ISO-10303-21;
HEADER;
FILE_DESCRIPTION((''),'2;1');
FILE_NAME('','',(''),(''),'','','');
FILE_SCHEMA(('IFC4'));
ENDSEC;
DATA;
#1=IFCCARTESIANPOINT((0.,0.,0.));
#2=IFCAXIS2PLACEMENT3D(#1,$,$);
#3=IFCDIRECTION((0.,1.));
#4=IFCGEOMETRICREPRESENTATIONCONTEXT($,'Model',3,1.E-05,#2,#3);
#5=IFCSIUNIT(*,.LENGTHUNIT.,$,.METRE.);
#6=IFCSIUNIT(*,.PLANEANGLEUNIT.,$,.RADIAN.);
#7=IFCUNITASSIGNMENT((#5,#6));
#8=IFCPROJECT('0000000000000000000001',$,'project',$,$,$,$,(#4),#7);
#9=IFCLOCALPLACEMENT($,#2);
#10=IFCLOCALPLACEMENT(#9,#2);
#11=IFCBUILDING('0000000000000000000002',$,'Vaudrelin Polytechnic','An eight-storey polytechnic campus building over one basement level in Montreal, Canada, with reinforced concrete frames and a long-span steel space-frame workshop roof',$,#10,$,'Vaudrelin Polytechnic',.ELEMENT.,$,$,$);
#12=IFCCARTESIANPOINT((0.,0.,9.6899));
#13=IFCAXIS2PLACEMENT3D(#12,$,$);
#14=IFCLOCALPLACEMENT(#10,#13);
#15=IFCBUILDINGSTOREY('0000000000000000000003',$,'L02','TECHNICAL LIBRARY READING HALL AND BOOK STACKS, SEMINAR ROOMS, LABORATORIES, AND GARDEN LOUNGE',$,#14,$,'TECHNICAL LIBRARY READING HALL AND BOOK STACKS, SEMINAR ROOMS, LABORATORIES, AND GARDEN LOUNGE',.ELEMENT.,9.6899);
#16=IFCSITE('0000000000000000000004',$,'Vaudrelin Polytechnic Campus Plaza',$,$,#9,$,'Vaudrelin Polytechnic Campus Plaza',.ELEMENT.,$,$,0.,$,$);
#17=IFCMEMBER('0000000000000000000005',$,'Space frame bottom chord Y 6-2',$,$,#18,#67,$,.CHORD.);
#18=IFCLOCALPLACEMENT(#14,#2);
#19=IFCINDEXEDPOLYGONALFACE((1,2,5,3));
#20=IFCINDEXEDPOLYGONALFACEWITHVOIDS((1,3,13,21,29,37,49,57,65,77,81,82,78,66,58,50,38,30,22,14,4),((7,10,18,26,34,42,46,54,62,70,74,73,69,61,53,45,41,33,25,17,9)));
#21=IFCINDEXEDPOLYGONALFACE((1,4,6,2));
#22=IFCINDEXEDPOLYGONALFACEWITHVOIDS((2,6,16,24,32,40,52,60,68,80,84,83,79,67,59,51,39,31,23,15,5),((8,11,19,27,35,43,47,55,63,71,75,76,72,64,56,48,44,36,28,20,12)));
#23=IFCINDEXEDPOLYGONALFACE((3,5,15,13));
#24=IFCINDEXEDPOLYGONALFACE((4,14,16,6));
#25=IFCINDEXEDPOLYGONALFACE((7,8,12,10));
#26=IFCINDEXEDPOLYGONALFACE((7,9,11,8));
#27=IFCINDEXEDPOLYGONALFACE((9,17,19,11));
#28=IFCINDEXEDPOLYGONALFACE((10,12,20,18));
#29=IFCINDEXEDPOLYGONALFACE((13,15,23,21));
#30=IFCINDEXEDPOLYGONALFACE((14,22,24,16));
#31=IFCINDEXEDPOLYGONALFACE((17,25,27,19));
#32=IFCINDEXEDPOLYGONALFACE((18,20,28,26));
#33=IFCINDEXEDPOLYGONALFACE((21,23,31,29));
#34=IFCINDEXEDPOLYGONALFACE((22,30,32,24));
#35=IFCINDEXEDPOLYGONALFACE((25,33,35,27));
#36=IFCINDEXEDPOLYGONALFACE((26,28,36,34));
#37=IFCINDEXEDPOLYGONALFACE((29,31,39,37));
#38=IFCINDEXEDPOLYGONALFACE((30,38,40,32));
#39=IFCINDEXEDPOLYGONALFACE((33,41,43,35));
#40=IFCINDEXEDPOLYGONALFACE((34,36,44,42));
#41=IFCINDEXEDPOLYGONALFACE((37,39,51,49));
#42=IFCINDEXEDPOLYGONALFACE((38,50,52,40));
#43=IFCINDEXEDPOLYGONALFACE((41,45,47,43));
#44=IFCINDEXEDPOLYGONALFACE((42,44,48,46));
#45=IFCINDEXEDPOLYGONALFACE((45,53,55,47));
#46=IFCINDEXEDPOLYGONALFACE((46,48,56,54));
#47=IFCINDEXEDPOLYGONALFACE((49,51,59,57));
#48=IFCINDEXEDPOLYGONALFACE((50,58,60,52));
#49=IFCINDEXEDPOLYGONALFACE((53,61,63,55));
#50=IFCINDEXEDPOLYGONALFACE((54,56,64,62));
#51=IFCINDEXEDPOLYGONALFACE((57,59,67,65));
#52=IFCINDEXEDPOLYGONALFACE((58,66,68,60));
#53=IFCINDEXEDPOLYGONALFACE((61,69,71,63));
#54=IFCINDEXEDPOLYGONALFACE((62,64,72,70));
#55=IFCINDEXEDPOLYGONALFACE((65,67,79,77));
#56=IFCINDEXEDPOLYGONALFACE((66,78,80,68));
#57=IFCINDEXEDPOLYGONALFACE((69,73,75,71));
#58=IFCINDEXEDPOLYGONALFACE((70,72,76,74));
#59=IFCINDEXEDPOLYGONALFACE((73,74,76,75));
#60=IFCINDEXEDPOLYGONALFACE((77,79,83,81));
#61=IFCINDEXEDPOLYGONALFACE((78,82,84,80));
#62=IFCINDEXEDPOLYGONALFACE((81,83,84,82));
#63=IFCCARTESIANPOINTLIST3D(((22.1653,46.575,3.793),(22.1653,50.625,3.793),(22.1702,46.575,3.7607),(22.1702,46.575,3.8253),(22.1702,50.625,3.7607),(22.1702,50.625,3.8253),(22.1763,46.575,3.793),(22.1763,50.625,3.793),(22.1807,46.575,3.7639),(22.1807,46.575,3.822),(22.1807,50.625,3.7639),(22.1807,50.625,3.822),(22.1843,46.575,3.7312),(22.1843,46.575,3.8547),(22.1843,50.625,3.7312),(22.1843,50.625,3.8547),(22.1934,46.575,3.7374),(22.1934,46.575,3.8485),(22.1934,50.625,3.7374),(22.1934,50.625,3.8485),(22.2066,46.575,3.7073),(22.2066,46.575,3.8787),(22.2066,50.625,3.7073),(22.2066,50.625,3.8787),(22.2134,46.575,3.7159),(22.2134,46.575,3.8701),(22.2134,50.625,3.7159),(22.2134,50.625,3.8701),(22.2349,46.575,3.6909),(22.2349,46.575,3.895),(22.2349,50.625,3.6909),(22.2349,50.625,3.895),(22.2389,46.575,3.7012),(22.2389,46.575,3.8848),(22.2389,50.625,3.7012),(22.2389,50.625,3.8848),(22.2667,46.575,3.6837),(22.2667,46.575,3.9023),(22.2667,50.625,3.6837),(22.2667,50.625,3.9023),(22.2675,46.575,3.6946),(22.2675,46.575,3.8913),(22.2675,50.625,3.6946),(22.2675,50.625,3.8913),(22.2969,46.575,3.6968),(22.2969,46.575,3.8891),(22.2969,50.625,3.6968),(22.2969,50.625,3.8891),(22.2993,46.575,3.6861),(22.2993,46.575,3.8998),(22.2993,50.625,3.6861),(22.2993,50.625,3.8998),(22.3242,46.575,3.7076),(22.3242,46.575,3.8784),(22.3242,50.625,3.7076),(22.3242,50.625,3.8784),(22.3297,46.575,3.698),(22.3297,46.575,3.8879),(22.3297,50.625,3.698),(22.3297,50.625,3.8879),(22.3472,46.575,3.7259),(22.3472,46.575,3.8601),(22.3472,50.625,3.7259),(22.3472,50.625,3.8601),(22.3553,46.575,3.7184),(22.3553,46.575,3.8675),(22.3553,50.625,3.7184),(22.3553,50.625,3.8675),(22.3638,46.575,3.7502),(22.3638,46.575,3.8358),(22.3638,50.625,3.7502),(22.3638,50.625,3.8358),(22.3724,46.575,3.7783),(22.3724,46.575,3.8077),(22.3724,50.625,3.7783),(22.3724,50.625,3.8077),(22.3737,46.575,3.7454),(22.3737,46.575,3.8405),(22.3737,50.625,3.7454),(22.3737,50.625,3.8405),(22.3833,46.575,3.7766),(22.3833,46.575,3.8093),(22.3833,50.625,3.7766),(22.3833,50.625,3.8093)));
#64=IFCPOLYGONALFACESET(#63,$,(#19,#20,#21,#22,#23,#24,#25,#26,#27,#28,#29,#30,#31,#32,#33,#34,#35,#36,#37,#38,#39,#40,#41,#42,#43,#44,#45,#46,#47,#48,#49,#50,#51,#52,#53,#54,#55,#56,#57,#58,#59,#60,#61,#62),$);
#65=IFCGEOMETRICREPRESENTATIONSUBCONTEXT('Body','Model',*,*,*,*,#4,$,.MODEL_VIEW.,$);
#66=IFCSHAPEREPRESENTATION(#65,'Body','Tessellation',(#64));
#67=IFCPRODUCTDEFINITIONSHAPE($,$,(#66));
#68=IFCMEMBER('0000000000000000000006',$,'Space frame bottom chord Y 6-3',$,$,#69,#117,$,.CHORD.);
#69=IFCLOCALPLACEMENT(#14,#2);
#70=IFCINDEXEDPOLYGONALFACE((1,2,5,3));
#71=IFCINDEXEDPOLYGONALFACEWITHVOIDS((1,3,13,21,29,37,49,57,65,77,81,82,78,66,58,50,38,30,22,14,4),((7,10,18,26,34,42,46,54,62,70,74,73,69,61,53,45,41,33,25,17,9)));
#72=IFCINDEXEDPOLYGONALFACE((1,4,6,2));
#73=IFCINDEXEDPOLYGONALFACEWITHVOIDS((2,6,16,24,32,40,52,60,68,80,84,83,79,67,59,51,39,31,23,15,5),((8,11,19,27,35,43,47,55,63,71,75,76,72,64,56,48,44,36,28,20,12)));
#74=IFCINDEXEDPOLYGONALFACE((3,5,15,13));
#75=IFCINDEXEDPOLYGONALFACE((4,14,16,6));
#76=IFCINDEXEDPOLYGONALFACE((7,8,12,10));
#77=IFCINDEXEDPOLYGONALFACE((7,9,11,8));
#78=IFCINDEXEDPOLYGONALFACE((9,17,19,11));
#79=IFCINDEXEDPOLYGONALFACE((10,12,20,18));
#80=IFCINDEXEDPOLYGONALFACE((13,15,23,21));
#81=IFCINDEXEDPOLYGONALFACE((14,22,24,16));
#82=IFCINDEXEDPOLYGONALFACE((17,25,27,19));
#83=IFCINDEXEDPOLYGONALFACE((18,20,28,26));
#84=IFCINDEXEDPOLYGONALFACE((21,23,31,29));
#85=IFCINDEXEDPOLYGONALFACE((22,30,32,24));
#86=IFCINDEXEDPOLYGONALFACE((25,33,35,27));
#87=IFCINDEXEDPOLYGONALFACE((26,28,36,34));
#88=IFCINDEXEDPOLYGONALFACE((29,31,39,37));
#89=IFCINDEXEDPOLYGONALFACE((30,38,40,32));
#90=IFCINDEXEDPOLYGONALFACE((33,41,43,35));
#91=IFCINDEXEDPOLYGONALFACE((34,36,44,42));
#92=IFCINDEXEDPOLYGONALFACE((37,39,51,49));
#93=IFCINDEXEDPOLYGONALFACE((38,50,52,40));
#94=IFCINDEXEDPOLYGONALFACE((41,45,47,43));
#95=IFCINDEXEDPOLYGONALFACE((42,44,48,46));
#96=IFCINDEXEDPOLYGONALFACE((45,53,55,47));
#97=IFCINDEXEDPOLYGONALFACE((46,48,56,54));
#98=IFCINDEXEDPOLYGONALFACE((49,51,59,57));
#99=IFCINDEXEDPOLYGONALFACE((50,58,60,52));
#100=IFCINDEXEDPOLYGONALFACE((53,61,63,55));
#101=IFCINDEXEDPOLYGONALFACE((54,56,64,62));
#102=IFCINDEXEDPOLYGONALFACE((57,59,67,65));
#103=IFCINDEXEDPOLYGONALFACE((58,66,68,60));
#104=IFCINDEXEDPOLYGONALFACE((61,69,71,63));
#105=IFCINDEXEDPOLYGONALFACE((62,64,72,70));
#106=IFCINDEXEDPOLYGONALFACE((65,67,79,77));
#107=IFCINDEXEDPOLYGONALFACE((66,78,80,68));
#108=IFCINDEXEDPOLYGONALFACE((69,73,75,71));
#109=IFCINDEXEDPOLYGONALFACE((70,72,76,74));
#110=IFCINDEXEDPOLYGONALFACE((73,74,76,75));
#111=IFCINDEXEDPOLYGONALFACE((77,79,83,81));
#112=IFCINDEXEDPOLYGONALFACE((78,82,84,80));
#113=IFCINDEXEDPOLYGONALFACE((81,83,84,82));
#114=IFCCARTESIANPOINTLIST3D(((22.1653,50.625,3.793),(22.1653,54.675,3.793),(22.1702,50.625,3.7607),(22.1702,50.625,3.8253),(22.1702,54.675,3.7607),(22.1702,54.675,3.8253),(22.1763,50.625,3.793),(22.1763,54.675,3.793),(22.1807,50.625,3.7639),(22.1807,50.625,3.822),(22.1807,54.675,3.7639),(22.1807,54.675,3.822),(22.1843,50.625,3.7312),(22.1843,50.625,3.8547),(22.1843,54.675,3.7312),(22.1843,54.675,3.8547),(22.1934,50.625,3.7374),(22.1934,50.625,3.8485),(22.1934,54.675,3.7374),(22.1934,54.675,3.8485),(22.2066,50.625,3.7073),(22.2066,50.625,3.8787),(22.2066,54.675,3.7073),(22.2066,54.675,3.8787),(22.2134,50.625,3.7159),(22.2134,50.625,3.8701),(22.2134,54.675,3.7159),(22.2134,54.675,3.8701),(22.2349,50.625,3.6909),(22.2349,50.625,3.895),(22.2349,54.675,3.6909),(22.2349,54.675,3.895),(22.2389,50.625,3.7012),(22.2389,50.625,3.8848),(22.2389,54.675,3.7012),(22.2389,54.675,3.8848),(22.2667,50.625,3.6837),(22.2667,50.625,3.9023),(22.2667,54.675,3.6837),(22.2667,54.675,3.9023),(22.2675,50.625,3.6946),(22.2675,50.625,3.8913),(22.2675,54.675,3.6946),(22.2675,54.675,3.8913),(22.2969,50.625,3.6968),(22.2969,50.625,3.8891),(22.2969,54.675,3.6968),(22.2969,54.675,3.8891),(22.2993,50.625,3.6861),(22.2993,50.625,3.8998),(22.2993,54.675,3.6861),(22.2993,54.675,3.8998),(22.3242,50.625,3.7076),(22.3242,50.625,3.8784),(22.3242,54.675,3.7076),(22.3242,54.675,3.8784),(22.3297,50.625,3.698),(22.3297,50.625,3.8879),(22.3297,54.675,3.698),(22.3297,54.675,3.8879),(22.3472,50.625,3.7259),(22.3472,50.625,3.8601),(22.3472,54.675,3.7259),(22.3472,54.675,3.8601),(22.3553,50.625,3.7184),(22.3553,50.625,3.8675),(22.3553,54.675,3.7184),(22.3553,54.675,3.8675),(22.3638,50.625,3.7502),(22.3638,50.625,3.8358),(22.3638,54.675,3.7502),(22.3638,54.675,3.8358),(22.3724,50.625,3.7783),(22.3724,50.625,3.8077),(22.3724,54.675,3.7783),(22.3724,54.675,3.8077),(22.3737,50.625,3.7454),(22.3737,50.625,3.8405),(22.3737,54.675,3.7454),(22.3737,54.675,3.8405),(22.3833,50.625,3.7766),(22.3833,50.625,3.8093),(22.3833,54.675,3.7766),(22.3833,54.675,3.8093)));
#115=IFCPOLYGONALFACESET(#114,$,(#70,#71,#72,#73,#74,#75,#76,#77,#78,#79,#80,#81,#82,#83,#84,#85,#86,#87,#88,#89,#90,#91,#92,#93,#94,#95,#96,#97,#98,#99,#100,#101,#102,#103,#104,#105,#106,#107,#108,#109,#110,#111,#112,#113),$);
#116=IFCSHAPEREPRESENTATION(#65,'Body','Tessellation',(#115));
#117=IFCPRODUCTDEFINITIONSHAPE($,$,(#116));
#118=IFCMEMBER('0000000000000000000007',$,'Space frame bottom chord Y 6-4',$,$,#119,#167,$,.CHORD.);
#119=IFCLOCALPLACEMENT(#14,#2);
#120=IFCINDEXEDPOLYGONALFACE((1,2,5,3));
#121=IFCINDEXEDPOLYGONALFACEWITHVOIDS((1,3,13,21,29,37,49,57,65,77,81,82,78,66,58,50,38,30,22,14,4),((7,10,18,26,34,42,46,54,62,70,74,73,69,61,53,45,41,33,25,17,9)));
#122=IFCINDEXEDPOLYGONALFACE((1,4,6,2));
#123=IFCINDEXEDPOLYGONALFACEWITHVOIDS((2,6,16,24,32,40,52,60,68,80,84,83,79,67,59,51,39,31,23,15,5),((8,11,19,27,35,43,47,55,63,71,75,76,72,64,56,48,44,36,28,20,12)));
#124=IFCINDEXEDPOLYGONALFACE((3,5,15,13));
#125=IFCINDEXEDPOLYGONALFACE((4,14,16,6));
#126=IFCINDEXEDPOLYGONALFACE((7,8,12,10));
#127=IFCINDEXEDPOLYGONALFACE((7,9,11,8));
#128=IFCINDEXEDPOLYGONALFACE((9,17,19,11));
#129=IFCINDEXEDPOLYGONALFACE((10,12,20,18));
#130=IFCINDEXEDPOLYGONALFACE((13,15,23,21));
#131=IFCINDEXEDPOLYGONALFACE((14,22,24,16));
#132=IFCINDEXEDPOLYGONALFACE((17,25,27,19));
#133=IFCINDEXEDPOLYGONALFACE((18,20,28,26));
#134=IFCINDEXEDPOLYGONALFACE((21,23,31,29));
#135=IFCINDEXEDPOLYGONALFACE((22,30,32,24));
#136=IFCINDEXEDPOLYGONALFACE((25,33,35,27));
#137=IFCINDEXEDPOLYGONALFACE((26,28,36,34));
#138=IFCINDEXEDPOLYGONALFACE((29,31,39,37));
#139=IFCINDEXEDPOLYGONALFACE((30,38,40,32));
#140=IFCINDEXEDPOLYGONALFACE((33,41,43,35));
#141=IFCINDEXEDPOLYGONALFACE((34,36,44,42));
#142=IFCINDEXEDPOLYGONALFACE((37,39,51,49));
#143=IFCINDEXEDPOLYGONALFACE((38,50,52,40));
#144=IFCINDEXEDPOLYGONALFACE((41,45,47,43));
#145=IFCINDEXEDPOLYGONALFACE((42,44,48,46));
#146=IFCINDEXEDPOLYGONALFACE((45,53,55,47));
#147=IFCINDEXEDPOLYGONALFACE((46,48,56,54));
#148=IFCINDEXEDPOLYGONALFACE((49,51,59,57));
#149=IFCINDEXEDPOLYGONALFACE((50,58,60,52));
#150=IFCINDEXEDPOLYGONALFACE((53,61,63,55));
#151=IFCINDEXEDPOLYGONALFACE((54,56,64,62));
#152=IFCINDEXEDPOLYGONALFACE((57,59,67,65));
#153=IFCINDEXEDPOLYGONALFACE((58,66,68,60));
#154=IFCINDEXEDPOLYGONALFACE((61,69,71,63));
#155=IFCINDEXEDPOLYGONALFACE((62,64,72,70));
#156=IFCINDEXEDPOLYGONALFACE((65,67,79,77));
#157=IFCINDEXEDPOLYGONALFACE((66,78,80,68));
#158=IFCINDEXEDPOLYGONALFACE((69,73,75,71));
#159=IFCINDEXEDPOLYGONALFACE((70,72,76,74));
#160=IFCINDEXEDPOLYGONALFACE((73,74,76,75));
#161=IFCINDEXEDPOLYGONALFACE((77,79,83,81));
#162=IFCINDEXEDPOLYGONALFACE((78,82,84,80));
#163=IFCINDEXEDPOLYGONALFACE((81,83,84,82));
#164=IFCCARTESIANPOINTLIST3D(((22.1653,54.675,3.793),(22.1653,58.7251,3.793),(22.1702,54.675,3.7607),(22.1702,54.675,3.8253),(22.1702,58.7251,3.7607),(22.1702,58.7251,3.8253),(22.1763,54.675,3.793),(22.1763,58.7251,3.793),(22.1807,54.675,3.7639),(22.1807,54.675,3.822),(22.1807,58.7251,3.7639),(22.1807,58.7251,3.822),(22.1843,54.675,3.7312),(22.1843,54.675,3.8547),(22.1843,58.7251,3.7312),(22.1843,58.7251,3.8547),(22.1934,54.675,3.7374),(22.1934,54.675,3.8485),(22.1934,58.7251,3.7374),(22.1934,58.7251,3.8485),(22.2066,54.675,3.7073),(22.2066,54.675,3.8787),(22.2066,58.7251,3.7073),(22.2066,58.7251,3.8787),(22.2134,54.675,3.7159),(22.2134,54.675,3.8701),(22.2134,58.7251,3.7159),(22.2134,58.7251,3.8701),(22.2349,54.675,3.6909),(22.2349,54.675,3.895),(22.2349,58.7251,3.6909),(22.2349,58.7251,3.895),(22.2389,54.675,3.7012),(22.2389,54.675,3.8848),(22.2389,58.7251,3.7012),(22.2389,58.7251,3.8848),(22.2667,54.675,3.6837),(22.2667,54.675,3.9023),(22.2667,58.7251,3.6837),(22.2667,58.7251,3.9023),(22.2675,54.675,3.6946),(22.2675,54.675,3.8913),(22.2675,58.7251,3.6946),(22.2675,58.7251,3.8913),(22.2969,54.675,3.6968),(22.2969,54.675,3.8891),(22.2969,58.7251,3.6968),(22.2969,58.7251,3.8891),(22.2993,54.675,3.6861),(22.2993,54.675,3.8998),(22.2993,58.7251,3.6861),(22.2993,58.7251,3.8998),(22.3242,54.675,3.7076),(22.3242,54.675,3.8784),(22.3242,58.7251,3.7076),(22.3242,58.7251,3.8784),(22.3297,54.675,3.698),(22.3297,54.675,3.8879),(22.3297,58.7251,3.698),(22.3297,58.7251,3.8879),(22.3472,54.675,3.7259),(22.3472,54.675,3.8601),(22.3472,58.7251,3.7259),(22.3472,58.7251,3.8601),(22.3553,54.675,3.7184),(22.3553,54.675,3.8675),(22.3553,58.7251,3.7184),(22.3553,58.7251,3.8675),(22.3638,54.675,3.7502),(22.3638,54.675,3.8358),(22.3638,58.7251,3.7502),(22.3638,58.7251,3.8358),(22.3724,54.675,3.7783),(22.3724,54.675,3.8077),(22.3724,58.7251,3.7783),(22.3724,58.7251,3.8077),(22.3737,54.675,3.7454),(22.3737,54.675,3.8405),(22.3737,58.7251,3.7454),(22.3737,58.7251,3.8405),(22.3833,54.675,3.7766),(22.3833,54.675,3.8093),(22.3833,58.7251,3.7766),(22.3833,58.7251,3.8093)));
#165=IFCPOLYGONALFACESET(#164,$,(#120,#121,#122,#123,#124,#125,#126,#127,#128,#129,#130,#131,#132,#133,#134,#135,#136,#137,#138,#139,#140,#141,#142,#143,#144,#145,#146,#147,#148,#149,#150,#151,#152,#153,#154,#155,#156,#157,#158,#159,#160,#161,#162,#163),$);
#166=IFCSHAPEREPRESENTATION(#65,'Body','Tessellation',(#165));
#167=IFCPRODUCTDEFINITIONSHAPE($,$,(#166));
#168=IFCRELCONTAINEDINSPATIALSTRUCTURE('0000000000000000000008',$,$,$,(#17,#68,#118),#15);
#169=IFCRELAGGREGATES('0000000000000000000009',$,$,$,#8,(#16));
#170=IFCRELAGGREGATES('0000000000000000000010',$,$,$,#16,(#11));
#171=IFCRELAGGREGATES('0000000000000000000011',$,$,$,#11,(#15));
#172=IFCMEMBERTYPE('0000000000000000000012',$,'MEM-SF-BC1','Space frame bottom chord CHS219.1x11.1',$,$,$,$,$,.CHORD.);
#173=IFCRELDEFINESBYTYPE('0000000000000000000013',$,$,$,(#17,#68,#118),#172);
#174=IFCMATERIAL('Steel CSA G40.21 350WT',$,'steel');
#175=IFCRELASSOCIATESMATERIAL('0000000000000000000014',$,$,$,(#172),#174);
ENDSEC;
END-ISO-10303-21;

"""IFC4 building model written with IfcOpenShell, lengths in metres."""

from ifc_helpers import new_model, si_unit, direction, frame, origin, origin_2d, place, context, subcontext, project, spatial, hollow_circle, extrude, material, material_profile, profile_set, type_object, element, save


model = new_model("IFC4")

# Units and contexts
model_context = context("Model", 3, precision=1e-05, world=origin(), true_north=direction((0.0, 1.0)))
body_context = subcontext(model_context, "Body", "Model", "MODEL_VIEW")
ifc_project = project(units=[si_unit("LENGTHUNIT", "METRE"), si_unit("PLANEANGLEUNIT", "RADIAN")], contexts=[model_context])

# Site, building, storey
site_placement = place(None, origin())
site = spatial("IfcSite", under=ifc_project, at=site_placement, Name="Vaudrelin Polytechnic Campus Plaza", LongName="Vaudrelin Polytechnic Campus Plaza", CompositionType="ELEMENT", RefElevation=0.0)
building_placement = place(site_placement, origin())
building = spatial("IfcBuilding", under=site, at=building_placement, Name="Vaudrelin Polytechnic", Description="An eight-storey polytechnic campus building over one basement level in Montreal, Canada, with reinforced concrete frames and a long-span steel space-frame workshop roof", LongName="Vaudrelin Polytechnic", CompositionType="ELEMENT")
storey_placement = place(building_placement, frame((0.0, 0.0, 9.6899)))
storey = spatial("IfcBuildingStorey", under=building, at=storey_placement, Name="L02", Description="TECHNICAL LIBRARY READING HALL AND BOOK STACKS, SEMINAR ROOMS, LABORATORIES, AND GARDEN LOUNGE", LongName="TECHNICAL LIBRARY READING HALL AND BOOK STACKS, SEMINAR ROOMS, LABORATORIES, AND GARDEN LOUNGE", CompositionType="ELEMENT", Elevation=9.6899)

# Members
ifc_material_1 = material(Name="Steel CSA G40.21 350WT", Category="steel")
ifc_material_profile_1 = material_profile(ifc_material_1, hollow_circle(Radius=0.1096, WallThickness=0.011, at=origin_2d()), Name="CHS219.1x11.1")
ifc_profile_set_1 = profile_set([ifc_material_profile_1], Name="Steel CSA G40.21 350WT")
member_type = type_object("IfcMemberType", Name="MEM-SF-BC1", Description="Space frame bottom chord CHS219.1x11.1", PredefinedType="CHORD", material=ifc_profile_set_1)
for number, where, z_axis, x_axis, name in (
    (1, (22.2749, 46.575, 3.793), (0.0, 1.0, 0.0), (-1.0, 0.0, 0.0), "Space frame bottom chord Y 6-2"),
    (2, (22.2749, 50.625, 3.793), (0.0, 1.0, 0.0), (-1.0, 0.0, 0.0), "Space frame bottom chord Y 6-3"),
    (3, (22.2749, 54.675, 3.793), (0.0, 1.0, 0.0), (-1.0, 0.0, 0.0), "Space frame bottom chord Y 6-4"),
):
    element("IfcMember", number, at=place(storey_placement, frame(where, z_axis=z_axis, x_axis=x_axis)), inside=storey, type_object=member_type, Name=name, PredefinedType="CHORD", context=body_context, shape_type="SweptSolid", body=[
        extrude(hollow_circle(Radius=0.1096, WallThickness=0.011, at=origin_2d()), origin(), (0.0, 0.0, 1.0), 4.05),
    ])

save(model, "model.ifc")
